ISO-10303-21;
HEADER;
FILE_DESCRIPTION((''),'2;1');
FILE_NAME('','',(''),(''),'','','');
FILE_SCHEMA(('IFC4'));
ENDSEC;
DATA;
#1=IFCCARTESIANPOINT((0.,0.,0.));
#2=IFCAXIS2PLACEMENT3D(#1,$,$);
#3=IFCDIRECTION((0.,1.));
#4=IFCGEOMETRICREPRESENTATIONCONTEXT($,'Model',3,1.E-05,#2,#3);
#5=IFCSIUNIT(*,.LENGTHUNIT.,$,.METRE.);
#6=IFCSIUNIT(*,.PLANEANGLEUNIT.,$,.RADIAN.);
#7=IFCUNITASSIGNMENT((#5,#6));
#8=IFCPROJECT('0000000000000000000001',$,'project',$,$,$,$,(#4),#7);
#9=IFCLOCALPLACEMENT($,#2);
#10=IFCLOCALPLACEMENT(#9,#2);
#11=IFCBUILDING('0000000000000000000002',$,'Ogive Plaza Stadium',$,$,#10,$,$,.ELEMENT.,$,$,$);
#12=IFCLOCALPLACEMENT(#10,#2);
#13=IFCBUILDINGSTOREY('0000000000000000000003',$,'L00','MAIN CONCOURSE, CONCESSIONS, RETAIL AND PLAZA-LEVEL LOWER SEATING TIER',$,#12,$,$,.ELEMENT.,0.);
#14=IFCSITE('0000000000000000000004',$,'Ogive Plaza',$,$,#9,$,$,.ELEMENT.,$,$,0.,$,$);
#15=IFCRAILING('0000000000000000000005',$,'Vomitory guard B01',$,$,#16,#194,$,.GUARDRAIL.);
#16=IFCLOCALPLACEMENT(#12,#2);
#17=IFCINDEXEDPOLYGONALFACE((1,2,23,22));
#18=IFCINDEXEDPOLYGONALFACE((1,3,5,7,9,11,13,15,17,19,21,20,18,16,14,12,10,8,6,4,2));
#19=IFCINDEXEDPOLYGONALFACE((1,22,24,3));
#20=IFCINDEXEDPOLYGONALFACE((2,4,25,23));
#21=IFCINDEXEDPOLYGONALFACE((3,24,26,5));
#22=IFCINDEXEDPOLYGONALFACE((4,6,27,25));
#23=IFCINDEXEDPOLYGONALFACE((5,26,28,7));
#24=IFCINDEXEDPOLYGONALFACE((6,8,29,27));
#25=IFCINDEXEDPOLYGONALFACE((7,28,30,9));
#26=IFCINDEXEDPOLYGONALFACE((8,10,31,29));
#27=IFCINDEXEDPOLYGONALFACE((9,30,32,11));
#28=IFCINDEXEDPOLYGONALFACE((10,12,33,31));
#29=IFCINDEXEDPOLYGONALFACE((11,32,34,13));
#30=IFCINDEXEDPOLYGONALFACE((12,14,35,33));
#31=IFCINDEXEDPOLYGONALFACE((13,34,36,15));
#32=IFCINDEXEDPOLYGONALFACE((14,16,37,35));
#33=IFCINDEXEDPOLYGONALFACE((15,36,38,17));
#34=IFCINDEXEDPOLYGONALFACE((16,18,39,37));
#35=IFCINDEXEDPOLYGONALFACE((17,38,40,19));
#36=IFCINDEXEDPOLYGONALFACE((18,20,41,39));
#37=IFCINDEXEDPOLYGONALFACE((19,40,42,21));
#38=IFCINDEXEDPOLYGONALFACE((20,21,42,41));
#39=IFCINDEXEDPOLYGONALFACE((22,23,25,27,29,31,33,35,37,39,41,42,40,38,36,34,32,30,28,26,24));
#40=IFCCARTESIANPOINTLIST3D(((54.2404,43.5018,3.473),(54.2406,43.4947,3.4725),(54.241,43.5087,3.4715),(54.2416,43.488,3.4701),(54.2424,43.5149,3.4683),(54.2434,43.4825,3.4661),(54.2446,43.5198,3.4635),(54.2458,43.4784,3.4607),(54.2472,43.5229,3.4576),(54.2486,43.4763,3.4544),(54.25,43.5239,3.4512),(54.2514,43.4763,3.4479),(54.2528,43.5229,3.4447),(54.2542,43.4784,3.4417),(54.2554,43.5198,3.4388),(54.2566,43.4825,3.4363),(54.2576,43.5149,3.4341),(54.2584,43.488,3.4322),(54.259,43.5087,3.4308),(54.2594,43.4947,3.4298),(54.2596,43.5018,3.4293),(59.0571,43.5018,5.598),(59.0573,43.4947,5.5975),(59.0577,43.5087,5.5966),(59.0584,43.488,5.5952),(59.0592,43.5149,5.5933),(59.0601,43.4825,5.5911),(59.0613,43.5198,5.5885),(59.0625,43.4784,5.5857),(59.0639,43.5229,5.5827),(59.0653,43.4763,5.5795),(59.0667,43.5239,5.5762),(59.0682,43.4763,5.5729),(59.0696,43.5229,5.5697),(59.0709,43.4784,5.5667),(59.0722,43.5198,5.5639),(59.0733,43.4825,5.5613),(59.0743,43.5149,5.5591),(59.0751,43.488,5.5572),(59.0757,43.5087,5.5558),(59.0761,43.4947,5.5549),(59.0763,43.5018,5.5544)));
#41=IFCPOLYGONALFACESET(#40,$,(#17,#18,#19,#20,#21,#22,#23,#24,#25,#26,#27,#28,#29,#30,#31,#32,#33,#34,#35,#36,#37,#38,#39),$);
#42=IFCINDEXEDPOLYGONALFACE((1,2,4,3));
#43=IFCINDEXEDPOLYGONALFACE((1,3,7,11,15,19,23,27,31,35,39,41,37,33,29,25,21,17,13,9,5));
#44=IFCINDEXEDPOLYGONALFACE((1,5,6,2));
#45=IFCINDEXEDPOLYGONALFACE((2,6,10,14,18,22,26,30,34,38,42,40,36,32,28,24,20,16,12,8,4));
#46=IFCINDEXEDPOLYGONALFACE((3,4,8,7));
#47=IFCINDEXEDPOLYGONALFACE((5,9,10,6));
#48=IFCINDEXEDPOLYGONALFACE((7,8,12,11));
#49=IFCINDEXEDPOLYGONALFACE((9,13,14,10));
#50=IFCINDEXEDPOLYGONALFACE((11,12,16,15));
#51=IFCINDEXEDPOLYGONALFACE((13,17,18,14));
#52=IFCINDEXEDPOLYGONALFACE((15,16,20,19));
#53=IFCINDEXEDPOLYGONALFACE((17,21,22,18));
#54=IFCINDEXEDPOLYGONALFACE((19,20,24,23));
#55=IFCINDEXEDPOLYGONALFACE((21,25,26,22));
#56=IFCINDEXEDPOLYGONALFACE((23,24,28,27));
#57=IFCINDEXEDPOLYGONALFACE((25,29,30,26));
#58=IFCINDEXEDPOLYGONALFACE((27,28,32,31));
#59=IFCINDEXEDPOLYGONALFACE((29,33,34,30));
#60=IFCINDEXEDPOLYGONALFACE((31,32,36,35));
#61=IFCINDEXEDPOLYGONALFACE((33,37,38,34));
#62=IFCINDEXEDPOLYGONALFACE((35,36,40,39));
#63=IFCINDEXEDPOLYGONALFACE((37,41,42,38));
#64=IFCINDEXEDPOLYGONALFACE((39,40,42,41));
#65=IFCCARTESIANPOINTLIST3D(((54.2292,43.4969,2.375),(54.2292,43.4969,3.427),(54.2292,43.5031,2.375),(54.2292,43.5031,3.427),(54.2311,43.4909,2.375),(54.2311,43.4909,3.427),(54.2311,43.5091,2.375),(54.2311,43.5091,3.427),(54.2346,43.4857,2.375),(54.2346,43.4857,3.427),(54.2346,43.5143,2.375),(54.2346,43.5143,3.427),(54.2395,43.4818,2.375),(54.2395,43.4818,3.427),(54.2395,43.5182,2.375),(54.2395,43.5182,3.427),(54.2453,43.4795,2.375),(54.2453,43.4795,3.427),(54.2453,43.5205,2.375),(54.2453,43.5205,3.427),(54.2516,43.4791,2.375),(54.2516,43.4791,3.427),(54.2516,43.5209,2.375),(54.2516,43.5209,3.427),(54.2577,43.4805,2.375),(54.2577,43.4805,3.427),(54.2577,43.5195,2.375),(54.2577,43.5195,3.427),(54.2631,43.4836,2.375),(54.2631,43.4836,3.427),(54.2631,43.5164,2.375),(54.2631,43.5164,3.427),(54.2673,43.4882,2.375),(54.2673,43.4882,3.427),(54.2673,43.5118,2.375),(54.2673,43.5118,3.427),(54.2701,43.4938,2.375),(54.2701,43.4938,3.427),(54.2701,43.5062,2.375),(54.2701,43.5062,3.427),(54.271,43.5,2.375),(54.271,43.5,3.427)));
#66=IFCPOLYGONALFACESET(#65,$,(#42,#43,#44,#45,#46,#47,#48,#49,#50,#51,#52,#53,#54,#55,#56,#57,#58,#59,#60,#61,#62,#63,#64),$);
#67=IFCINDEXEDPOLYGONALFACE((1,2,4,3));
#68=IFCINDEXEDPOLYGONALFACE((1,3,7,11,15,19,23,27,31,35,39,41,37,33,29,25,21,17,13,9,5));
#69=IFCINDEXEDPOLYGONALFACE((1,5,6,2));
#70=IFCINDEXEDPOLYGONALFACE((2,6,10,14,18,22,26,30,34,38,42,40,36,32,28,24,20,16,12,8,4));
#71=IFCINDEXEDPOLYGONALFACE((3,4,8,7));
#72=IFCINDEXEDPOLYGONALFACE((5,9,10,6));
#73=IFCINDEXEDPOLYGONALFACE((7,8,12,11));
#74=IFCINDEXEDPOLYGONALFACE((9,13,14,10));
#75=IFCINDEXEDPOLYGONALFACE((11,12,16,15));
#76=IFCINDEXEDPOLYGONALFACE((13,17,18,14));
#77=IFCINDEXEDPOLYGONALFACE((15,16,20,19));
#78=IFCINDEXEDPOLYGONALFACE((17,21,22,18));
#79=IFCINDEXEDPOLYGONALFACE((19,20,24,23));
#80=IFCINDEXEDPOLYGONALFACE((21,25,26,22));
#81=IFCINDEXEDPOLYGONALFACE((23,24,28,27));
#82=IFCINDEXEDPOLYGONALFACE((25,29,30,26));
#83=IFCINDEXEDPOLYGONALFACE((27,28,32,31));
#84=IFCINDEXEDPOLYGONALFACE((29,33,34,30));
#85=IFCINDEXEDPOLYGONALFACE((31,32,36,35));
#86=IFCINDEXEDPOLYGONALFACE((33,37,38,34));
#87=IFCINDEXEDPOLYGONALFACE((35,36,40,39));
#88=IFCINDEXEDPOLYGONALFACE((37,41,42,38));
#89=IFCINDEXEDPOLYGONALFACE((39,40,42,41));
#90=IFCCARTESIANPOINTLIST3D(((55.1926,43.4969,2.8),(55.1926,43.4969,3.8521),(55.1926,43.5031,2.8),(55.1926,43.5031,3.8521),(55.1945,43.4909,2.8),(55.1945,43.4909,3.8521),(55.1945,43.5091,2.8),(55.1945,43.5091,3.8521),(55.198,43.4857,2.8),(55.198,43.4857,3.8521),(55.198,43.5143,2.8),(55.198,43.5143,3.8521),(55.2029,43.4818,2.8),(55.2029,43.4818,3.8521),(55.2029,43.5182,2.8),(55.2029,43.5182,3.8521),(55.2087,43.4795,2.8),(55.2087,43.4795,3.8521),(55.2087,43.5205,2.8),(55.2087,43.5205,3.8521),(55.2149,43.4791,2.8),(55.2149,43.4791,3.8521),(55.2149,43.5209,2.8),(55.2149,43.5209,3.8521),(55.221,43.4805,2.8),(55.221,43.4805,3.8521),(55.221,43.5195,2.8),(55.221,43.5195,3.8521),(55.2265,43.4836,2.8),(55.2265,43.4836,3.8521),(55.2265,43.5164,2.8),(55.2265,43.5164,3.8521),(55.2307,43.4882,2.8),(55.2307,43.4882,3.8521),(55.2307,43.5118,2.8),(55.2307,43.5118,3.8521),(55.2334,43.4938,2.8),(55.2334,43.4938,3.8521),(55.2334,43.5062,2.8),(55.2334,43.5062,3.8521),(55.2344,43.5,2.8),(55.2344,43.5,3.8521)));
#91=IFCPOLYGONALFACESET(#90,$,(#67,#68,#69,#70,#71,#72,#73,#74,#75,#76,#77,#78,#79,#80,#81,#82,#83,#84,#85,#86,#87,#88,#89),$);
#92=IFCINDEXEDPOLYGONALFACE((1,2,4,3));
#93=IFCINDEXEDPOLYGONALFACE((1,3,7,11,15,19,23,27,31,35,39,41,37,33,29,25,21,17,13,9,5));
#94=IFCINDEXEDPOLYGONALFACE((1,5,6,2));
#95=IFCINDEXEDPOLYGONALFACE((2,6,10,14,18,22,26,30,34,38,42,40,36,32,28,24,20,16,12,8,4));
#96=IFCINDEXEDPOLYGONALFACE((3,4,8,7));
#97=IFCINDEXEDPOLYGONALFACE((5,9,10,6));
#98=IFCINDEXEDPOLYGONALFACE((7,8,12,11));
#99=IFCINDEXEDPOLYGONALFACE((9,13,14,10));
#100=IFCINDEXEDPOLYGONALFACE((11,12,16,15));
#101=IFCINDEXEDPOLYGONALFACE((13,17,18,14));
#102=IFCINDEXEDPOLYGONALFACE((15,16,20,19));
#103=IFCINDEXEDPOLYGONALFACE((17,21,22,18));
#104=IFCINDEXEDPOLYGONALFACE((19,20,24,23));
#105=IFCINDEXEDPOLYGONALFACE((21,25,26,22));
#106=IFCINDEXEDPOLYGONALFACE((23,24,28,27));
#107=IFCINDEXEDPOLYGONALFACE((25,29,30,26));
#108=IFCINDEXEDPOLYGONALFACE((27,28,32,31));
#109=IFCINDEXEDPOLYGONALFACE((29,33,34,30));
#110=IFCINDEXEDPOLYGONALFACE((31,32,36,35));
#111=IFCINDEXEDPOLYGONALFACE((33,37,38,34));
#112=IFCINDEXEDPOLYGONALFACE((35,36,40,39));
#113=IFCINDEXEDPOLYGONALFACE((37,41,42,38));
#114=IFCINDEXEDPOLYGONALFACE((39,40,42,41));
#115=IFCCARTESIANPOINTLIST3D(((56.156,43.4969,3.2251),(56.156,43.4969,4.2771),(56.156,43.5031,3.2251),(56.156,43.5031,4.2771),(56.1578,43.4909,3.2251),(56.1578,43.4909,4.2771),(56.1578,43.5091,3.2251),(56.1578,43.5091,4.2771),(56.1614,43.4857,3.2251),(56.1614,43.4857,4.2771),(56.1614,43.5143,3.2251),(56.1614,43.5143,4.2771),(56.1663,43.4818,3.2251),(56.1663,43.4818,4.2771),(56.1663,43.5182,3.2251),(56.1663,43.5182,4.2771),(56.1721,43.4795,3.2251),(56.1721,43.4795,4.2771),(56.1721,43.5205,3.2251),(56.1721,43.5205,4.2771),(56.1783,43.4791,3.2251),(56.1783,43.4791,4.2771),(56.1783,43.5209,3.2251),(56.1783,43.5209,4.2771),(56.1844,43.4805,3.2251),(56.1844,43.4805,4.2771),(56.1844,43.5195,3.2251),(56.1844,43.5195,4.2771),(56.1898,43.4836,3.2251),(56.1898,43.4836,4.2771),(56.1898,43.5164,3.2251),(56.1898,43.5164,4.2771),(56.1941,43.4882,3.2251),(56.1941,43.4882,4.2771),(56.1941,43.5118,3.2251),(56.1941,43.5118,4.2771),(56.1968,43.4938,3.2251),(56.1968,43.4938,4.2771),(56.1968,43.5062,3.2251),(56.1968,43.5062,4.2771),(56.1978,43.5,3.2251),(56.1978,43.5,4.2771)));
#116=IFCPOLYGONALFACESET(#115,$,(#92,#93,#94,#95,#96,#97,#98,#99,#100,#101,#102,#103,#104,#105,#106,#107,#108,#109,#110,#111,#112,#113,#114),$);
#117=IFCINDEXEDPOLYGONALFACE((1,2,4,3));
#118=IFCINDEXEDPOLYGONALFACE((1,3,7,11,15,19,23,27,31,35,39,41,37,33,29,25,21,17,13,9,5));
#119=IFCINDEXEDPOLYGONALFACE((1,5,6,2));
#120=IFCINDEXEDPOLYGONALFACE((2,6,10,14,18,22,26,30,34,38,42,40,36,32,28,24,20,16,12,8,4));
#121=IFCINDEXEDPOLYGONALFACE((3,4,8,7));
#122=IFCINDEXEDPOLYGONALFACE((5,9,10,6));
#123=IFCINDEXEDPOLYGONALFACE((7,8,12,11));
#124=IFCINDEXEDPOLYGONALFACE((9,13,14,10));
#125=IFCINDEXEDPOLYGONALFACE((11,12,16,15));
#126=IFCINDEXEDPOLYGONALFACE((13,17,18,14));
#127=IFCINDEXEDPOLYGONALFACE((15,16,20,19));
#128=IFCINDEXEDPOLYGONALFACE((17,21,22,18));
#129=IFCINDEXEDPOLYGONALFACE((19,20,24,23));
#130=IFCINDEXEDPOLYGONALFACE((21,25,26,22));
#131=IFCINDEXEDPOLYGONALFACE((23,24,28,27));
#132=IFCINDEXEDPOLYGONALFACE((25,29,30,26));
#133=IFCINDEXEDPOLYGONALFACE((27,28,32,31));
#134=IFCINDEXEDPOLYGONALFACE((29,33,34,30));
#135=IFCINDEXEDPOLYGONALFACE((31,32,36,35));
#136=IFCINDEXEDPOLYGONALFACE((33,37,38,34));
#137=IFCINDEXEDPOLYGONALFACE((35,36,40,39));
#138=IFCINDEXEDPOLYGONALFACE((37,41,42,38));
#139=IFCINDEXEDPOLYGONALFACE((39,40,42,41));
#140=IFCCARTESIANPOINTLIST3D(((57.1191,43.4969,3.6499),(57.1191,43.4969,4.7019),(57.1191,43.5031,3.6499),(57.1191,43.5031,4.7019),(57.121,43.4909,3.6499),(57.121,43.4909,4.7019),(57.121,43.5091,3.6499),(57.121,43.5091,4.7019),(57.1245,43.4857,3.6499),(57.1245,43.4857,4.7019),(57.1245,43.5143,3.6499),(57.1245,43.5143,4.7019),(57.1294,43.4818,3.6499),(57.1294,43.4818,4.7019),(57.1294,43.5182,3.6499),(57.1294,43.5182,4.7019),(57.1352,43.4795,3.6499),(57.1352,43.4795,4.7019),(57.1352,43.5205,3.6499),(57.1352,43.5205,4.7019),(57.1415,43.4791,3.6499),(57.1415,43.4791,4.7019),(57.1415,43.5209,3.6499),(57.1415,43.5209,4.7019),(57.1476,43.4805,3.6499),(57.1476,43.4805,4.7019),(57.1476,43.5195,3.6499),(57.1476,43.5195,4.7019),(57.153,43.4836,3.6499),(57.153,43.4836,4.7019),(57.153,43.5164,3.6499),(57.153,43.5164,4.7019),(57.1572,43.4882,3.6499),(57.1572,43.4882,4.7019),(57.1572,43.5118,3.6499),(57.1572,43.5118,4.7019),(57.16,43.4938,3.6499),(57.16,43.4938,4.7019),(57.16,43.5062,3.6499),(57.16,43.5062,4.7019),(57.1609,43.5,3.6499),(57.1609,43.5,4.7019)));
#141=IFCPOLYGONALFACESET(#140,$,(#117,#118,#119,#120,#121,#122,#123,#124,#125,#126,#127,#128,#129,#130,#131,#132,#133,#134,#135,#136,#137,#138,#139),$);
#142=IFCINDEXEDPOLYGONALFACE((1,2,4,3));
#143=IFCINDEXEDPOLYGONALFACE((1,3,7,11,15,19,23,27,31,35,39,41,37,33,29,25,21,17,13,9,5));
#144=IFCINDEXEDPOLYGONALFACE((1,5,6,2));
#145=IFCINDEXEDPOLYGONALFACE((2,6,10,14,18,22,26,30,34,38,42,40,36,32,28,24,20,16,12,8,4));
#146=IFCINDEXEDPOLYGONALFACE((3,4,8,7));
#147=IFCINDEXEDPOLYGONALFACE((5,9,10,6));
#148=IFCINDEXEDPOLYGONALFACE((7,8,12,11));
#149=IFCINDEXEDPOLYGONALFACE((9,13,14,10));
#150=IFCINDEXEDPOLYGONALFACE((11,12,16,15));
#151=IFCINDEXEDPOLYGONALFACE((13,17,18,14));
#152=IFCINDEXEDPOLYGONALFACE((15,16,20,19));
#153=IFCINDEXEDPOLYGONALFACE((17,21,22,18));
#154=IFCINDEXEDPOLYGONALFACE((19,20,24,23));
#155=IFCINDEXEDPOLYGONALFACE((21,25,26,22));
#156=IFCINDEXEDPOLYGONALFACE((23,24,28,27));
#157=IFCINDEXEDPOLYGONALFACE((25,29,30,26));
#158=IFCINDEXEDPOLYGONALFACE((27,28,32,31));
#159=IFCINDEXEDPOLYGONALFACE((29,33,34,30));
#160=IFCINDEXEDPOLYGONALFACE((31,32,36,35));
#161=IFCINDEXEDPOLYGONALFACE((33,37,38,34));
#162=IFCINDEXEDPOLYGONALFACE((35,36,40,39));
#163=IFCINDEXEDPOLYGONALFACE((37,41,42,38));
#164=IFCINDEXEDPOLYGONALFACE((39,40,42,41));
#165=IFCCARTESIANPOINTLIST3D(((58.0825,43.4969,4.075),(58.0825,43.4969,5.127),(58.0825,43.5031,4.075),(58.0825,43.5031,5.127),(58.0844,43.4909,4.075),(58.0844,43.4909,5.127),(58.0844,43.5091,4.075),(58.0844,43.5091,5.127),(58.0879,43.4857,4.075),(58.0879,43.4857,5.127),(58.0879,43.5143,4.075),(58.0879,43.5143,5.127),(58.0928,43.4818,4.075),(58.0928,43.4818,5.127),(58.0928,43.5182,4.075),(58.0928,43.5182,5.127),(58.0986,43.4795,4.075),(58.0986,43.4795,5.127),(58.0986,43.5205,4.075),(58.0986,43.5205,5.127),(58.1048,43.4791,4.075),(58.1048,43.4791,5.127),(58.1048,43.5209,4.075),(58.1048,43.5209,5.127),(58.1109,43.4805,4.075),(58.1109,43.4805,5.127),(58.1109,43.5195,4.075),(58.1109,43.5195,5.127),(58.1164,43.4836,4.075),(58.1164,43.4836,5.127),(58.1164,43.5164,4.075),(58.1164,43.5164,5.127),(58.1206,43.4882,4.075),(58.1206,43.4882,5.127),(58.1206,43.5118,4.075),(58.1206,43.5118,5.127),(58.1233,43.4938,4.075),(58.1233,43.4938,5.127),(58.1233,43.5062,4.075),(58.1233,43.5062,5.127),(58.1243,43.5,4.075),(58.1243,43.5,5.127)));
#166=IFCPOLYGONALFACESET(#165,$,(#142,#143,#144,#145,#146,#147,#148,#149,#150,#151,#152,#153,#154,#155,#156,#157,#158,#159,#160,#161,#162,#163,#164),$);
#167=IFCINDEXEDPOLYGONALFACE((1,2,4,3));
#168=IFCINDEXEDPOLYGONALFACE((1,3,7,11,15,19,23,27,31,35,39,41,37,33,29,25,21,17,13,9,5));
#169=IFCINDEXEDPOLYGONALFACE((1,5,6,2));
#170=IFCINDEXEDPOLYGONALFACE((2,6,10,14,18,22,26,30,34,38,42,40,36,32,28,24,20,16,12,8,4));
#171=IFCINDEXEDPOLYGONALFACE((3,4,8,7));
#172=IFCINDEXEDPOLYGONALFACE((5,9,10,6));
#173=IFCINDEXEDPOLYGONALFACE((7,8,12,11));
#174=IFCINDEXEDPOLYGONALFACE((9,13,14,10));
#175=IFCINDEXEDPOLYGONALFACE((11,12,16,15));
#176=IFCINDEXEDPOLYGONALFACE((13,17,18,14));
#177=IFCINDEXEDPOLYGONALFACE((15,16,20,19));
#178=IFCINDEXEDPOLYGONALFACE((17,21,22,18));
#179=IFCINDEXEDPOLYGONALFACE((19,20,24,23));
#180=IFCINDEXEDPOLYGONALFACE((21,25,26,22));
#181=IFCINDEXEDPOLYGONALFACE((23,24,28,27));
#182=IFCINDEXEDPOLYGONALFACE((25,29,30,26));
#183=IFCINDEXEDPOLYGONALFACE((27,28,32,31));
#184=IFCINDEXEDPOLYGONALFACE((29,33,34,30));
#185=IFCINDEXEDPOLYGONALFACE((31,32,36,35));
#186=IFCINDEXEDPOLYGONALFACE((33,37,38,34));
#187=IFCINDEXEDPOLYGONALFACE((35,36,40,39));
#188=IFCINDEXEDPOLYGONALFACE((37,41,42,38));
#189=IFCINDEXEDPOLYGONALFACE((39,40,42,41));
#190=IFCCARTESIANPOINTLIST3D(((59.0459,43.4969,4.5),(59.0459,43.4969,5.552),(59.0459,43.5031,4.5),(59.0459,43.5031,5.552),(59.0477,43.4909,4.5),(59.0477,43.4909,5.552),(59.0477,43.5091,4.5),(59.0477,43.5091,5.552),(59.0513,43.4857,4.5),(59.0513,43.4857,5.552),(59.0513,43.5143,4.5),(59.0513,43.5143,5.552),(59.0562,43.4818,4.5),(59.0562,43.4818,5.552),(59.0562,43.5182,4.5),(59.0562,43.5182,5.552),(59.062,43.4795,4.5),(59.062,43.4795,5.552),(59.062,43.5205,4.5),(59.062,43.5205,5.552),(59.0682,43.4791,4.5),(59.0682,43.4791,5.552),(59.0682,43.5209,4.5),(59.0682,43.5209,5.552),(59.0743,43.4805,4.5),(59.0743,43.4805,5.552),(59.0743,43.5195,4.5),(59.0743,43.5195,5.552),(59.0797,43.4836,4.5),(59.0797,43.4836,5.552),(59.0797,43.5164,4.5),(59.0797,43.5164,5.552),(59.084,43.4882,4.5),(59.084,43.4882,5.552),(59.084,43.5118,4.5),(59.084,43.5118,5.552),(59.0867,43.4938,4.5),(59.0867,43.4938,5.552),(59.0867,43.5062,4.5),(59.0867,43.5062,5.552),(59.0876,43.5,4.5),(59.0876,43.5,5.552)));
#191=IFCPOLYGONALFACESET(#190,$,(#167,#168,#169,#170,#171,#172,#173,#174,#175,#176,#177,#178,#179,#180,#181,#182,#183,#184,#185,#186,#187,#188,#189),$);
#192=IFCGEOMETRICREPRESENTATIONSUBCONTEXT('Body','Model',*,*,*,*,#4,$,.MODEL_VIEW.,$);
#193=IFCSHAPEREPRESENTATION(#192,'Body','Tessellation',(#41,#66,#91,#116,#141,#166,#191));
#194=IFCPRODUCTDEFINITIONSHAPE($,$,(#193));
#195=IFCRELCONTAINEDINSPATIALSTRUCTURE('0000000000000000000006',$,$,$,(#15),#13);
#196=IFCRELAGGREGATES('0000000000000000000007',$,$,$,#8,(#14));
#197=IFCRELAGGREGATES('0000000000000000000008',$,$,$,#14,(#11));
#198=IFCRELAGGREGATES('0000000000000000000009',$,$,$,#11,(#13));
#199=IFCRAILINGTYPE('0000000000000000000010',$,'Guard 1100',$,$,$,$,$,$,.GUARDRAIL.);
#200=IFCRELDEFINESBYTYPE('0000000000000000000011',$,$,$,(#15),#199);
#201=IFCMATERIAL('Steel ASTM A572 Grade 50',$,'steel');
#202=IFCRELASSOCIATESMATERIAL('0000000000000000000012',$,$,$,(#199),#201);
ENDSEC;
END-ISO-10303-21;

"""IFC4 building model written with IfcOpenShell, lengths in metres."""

from ifc_helpers import new_model, si_unit, direction, frame, origin, origin_2d, place, context, subcontext, project, spatial, circle, extrude, material, type_object, element, save


model = new_model("IFC4")

# Units and contexts
model_context = context("Model", 3, precision=1e-05, world=origin(), true_north=direction((0.0, 1.0)))
body_context = subcontext(model_context, "Body", "Model", "MODEL_VIEW")
ifc_project = project(units=[si_unit("LENGTHUNIT", "METRE"), si_unit("PLANEANGLEUNIT", "RADIAN")], contexts=[model_context])

# Site, building, storey
site_placement = place(None, origin())
site = spatial("IfcSite", under=ifc_project, at=site_placement, Name="Ogive Plaza", CompositionType="ELEMENT", RefElevation=0.0)
building_placement = place(site_placement, origin())
building = spatial("IfcBuilding", under=site, at=building_placement, Name="Ogive Plaza Stadium", CompositionType="ELEMENT")
storey_placement = place(building_placement, origin())
storey = spatial("IfcBuildingStorey", under=building, at=storey_placement, Name="L00", Description="MAIN CONCOURSE, CONCESSIONS, RETAIL AND PLAZA-LEVEL LOWER SEATING TIER", CompositionType="ELEMENT", Elevation=0.0)

# Railing
ifc_material_1 = material(Name="Steel ASTM A572 Grade 50", Category="steel")
railing_type = type_object("IfcRailingType", Name="Guard 1100", PredefinedType="GUARDRAIL", material=ifc_material_1)
for number, where, name in (
    (1, (54.25, 43.5, 2.375), "Vomitory guard B01"),
):
    element("IfcRailing", number, at=place(storey_placement, frame(where)), inside=storey, type_object=railing_type, Name=name, PredefinedType="GUARDRAIL", context=body_context, shape_type="SweptSolid", body=[
        extrude(circle(Radius=0.0239, at=origin_2d()), frame((0.0, 0.0, 1.0762), z_axis=(0.914917, 0.0, 0.403641), x_axis=(0.0, 1.0, 0.0)), (0.0, 0.0, 1.0), 5.2646),
        extrude(circle(Radius=0.021, at=origin_2d()), origin(), (0.0, 0.0, 1.0), 1.052),
        extrude(circle(Radius=0.021, at=origin_2d()), frame((0.9634, 0.0, 0.425)), (0.0, 0.0, 1.0), 1.052),
        extrude(circle(Radius=0.021, at=origin_2d()), frame((1.9268, 0.0, 0.8501)), (0.0, 0.0, 1.0), 1.052),
        extrude(circle(Radius=0.021, at=origin_2d()), frame((2.8899, 0.0, 1.2749)), (0.0, 0.0, 1.0), 1.052),
        extrude(circle(Radius=0.021, at=origin_2d()), frame((3.8533, 0.0, 1.7)), (0.0, 0.0, 1.0), 1.052),
        extrude(circle(Radius=0.021, at=origin_2d()), frame((4.8167, 0.0, 2.125)), (0.0, 0.0, 1.0), 1.052),
    ])

save(model, "model.ifc")
